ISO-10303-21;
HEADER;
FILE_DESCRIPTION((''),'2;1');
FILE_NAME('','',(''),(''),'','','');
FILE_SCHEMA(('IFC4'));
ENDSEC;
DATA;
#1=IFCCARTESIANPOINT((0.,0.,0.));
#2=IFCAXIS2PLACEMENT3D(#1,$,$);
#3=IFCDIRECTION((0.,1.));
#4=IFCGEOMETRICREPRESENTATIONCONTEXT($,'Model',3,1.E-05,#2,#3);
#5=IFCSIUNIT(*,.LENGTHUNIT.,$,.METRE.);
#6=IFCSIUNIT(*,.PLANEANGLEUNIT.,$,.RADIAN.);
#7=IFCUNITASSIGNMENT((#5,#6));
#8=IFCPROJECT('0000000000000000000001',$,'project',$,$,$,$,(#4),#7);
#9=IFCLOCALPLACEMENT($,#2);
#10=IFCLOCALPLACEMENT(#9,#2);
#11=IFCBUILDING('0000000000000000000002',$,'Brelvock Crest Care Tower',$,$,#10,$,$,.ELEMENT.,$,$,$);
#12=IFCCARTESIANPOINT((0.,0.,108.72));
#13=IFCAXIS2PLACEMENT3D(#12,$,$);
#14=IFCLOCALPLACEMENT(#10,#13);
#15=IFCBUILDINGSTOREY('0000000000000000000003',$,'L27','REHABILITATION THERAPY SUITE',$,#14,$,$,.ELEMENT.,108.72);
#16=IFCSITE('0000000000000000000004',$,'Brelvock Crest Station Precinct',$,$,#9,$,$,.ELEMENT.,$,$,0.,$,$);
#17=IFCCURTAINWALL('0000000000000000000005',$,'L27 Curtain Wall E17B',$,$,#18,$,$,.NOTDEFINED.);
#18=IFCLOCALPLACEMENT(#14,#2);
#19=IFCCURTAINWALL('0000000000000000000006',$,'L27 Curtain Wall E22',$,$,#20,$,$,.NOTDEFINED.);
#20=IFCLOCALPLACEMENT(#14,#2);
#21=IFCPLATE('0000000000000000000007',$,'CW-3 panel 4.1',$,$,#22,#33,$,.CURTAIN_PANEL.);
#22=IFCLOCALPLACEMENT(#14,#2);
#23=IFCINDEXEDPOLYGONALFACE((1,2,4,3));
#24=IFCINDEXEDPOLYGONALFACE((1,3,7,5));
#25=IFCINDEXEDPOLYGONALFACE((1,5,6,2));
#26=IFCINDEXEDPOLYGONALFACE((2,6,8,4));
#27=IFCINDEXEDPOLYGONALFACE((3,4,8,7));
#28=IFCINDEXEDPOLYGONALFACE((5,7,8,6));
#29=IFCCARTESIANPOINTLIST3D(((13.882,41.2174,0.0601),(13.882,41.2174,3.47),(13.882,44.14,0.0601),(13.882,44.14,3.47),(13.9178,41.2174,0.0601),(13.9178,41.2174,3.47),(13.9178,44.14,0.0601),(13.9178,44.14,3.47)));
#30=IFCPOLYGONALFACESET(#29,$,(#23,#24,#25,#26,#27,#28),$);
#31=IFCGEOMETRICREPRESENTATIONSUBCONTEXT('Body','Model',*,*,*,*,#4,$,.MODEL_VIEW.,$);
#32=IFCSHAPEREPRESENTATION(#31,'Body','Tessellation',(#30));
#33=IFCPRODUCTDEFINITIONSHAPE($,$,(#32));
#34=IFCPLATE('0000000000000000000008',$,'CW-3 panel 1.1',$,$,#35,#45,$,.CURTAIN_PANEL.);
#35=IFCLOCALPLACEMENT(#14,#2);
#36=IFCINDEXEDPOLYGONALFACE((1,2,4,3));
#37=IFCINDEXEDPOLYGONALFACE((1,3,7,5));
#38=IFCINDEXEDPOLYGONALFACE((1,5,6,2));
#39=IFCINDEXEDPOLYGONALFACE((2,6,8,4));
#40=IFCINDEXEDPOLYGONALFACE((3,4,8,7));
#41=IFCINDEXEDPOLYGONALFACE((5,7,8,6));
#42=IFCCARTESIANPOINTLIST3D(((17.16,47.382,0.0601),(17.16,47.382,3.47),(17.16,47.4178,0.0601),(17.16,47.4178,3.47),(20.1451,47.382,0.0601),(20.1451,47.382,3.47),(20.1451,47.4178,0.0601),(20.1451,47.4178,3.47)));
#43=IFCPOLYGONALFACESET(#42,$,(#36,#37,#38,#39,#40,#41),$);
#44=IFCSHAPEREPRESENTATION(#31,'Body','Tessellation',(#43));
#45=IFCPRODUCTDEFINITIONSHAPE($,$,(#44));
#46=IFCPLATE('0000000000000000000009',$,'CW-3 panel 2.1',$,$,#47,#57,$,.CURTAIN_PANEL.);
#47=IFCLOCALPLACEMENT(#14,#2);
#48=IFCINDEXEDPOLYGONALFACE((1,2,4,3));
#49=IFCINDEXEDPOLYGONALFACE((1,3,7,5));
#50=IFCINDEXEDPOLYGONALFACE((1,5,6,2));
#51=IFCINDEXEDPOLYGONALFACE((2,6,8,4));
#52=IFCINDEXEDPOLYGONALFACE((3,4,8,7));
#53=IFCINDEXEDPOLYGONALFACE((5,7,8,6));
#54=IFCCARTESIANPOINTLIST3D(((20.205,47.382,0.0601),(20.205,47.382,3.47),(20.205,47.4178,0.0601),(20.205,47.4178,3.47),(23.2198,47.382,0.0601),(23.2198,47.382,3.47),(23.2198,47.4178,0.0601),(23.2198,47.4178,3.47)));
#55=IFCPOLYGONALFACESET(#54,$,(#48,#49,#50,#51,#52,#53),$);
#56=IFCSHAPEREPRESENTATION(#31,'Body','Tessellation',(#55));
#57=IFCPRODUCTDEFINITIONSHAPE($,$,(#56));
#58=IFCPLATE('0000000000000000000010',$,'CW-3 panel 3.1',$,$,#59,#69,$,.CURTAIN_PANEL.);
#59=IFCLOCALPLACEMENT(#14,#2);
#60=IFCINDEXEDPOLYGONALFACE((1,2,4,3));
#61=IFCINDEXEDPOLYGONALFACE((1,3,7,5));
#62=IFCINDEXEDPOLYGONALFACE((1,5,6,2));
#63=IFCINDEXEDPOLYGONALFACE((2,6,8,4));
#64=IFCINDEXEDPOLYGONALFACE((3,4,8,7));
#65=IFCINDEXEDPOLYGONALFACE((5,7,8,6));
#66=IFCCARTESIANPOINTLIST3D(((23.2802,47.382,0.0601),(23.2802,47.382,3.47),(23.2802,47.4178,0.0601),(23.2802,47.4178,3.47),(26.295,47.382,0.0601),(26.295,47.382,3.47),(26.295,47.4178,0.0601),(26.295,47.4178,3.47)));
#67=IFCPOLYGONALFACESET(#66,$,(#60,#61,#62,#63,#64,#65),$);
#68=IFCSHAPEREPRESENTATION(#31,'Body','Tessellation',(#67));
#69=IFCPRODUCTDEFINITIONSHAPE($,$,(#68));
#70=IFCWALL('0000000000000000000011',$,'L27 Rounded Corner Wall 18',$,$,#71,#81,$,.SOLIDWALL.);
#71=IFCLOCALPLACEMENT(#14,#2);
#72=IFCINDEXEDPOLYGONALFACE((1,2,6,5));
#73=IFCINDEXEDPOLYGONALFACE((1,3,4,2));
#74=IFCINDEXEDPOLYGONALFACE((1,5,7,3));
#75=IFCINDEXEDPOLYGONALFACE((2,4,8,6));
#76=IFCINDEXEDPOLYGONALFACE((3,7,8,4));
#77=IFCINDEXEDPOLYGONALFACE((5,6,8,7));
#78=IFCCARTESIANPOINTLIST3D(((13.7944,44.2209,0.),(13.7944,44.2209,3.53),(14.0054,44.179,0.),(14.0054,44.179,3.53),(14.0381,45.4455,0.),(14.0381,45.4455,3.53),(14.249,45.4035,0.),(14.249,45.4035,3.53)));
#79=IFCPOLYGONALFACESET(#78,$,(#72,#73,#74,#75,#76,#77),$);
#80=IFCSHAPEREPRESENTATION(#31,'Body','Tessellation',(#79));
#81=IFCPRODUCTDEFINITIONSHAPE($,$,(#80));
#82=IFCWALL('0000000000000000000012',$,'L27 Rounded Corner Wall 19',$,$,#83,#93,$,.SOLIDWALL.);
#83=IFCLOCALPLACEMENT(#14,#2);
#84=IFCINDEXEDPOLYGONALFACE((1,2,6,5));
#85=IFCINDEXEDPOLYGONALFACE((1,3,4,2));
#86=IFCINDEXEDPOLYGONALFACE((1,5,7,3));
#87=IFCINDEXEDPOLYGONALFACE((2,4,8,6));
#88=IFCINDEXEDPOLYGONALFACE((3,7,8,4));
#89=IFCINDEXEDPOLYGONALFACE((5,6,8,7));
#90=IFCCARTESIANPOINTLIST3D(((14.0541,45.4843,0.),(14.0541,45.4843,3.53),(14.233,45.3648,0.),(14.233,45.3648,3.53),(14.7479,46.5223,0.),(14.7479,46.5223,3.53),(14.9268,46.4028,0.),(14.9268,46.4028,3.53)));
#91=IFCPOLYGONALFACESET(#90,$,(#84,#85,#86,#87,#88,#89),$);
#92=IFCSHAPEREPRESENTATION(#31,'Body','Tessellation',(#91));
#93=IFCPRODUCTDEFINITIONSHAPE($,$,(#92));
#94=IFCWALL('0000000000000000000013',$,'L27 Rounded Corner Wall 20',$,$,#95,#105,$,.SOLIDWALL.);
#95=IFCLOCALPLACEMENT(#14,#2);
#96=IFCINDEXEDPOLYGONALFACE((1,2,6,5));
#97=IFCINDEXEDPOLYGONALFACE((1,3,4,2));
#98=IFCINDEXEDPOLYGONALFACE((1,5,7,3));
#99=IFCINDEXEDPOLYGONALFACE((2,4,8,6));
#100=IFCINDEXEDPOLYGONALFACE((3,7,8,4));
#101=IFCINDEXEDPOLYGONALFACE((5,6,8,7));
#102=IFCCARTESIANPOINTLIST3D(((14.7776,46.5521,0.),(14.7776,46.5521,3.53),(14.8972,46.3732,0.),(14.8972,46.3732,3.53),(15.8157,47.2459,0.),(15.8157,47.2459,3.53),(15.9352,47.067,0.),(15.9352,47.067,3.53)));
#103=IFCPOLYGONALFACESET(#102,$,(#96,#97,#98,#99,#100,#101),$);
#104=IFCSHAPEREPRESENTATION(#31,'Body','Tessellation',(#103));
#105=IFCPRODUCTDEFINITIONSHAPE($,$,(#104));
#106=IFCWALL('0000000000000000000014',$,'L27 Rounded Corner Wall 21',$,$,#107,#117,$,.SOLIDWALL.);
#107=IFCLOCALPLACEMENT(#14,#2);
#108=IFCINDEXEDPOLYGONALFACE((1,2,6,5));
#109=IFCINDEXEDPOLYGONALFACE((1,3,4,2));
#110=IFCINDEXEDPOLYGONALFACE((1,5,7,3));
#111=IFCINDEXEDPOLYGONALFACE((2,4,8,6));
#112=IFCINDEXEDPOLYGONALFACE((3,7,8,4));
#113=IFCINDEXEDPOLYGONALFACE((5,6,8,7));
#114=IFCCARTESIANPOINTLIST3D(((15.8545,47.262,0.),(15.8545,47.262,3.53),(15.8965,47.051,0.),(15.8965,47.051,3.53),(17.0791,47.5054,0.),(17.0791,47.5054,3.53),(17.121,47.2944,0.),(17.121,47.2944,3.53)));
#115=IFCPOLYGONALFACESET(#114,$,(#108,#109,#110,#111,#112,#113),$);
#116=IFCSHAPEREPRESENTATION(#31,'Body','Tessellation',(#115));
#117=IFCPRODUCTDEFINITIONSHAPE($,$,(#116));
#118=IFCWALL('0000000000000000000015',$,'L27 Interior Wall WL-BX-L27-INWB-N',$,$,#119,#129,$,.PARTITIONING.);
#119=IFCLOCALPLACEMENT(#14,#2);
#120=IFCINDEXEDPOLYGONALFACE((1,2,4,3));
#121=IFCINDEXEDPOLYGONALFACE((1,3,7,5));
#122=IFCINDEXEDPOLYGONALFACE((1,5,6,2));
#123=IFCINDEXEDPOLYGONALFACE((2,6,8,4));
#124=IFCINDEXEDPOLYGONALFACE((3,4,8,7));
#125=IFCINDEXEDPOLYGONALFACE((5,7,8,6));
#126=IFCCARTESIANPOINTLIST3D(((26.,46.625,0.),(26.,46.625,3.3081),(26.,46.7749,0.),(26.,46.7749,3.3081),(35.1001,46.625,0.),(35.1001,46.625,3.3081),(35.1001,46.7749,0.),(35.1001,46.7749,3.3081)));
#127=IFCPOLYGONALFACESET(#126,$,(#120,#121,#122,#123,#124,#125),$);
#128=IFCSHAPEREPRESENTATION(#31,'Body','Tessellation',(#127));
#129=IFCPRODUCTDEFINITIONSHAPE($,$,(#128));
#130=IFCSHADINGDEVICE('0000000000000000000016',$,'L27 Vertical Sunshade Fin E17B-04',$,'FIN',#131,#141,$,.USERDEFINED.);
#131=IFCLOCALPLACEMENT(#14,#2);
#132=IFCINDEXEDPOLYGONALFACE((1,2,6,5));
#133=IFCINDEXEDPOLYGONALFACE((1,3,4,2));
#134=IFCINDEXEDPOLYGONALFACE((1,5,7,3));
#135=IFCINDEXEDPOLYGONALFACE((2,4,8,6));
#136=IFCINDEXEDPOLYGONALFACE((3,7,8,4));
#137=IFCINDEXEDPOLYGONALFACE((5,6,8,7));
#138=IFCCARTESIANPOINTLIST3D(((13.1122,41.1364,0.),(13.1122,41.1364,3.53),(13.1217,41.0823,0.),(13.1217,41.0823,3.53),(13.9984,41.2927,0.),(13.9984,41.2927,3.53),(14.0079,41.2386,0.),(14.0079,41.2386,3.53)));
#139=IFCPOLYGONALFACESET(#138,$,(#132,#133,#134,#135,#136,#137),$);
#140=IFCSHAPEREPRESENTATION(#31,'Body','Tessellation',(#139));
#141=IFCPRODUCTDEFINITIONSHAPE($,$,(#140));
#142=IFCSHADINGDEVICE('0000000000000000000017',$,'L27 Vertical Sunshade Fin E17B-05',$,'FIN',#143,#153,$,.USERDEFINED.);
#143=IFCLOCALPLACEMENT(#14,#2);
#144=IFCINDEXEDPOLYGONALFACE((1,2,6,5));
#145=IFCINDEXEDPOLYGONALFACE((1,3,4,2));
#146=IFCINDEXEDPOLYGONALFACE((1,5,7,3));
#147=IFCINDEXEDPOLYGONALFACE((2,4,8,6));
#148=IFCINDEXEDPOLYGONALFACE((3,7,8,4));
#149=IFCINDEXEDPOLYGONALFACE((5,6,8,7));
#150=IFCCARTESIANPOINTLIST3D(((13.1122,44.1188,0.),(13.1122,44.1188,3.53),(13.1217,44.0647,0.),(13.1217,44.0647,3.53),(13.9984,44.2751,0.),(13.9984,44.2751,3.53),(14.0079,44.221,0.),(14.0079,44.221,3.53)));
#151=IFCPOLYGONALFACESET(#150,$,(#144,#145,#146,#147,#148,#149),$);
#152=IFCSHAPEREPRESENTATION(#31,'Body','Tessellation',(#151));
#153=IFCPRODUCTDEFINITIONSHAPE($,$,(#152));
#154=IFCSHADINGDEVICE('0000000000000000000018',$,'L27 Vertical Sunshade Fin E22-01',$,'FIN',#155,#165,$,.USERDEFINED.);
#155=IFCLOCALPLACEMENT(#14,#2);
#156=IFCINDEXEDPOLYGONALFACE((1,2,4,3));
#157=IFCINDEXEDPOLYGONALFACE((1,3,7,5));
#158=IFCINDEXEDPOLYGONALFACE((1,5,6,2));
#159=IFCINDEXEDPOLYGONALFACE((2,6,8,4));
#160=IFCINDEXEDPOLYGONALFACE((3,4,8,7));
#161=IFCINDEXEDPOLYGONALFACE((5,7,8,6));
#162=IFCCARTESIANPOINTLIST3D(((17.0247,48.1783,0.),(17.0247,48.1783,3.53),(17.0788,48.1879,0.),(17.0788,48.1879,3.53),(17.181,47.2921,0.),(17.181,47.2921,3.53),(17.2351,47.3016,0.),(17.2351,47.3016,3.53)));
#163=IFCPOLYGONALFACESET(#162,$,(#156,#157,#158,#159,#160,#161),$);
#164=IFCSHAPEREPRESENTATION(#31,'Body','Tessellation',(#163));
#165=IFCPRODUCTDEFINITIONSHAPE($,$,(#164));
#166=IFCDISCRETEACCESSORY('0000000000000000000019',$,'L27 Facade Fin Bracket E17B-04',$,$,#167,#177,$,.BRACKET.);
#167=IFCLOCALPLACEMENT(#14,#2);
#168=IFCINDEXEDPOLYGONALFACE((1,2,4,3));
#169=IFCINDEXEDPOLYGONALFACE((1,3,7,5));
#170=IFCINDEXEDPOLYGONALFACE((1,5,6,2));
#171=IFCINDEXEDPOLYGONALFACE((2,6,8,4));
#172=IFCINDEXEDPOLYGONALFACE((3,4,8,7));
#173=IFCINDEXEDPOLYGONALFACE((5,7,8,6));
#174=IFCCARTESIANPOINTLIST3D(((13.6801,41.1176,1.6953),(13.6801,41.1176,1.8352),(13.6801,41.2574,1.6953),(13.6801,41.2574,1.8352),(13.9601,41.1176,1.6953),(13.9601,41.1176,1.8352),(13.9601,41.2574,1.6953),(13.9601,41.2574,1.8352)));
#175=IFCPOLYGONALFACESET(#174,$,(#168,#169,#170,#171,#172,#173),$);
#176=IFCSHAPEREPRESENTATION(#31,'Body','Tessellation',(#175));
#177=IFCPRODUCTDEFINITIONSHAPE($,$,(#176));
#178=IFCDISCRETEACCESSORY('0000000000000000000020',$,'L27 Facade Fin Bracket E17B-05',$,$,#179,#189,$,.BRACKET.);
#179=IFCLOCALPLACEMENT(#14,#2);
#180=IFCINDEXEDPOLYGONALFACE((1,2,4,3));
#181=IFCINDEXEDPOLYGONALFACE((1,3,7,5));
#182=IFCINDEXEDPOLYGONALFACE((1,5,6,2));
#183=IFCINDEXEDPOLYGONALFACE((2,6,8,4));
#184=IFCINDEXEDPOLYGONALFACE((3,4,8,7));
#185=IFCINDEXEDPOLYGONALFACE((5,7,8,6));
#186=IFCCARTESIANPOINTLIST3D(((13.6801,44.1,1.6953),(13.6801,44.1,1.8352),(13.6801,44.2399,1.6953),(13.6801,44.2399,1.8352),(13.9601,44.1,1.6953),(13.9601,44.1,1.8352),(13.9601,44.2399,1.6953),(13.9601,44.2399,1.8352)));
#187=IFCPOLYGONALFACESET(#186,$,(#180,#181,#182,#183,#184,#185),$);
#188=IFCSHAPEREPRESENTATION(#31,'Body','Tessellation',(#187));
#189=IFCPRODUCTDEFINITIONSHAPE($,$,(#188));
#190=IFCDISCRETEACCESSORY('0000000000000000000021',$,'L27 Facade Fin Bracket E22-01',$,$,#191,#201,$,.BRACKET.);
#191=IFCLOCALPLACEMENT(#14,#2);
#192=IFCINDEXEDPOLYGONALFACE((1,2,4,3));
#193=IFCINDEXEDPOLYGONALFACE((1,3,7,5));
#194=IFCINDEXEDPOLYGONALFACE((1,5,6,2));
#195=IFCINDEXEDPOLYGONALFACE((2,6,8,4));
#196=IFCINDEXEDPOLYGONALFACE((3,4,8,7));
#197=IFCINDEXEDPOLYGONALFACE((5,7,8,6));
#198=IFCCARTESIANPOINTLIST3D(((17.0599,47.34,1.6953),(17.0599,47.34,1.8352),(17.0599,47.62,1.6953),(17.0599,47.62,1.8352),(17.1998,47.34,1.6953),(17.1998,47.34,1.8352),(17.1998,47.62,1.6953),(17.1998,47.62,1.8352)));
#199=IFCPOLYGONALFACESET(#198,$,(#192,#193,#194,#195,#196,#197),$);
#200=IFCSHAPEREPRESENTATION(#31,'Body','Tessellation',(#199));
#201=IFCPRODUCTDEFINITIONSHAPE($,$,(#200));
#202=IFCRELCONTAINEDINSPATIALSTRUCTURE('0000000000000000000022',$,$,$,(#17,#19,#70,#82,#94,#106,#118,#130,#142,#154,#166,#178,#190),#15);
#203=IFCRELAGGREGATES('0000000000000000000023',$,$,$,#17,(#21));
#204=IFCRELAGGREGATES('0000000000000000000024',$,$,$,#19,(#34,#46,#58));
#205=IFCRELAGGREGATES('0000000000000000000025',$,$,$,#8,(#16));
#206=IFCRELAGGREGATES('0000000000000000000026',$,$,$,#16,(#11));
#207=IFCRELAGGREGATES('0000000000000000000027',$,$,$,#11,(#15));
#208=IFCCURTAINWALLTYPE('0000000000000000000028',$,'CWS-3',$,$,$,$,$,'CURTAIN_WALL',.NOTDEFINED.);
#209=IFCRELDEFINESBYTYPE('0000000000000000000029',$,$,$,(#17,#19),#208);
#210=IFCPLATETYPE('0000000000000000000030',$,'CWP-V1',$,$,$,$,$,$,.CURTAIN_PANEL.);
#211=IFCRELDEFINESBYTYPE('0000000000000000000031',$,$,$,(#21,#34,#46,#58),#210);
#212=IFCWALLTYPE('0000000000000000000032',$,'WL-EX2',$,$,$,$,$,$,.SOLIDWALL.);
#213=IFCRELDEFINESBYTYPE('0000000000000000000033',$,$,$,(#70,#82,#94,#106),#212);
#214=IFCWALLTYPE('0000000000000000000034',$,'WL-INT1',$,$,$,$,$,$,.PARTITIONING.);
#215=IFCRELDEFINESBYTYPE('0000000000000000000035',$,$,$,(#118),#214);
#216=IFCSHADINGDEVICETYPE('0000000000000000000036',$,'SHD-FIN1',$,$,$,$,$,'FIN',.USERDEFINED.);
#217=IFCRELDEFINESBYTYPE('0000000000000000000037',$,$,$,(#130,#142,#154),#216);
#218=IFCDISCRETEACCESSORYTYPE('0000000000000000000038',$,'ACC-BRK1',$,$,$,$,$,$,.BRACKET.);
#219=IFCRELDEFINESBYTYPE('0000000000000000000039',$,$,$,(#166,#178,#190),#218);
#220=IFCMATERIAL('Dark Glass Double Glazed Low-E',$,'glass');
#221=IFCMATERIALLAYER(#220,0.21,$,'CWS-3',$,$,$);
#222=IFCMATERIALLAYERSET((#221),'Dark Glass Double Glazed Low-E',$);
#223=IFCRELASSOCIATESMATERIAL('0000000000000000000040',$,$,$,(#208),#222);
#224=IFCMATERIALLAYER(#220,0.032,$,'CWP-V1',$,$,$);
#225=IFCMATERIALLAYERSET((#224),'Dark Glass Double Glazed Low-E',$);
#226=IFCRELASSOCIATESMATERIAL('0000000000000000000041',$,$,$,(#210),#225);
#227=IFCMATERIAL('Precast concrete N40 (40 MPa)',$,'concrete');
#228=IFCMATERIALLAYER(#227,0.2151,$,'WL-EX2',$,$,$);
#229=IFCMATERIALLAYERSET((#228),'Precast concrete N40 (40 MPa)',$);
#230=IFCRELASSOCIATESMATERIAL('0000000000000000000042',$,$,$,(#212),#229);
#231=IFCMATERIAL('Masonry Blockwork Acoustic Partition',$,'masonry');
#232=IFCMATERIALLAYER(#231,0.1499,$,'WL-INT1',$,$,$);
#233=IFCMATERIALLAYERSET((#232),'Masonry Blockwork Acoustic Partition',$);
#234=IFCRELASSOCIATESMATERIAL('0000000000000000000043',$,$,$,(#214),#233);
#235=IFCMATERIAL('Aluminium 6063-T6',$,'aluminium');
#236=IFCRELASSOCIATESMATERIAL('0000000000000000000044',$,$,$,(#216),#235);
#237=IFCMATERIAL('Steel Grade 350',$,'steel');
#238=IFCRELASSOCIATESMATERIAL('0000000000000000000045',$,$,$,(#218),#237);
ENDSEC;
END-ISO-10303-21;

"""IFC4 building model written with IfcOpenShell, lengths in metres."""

from ifc_helpers import new_model, si_unit, direction, frame, frame_2d, origin, origin_2d, place, context, subcontext, project, spatial, rectangle, extrude, source, transform, mapped, material, layer, layer_set, material_profile, profile_set, type_object, element, aggregate, save


model = new_model("IFC4")

# Units and contexts
model_context = context("Model", 3, precision=1e-05, world=origin(), true_north=direction((0.0, 1.0)))
body_context = subcontext(model_context, "Body", "Model", "MODEL_VIEW")
ifc_project = project(units=[si_unit("LENGTHUNIT", "METRE"), si_unit("PLANEANGLEUNIT", "RADIAN")], contexts=[model_context])

# Site, building, storey
site_placement = place(None, origin())
site = spatial("IfcSite", under=ifc_project, at=site_placement, Name="Brelvock Crest Station Precinct", CompositionType="ELEMENT", RefElevation=0.0)
building_placement = place(site_placement, origin())
building = spatial("IfcBuilding", under=site, at=building_placement, Name="Brelvock Crest Care Tower", CompositionType="ELEMENT")
storey_placement = place(building_placement, frame((0.0, 0.0, 108.72)))
storey = spatial("IfcBuildingStorey", under=building, at=storey_placement, Name="L27", Description="REHABILITATION THERAPY SUITE", CompositionType="ELEMENT", Elevation=108.72)

# Curtain walls
ifc_material_1 = material(Name="Dark Glass Double Glazed Low-E", Category="glass")
ifc_layer_1 = layer(ifc_material_1, 0.21, Name="CWS-3")
ifc_layer_set_1 = layer_set([ifc_layer_1], Name="Dark Glass Double Glazed Low-E")
curtain_wall_type = type_object("IfcCurtainWallType", Name="CWS-3", ElementType="CURTAIN_WALL", PredefinedType="NOTDEFINED", material=ifc_layer_set_1)
curtain_wall_1_placement = place(storey_placement, origin())
curtain_wall_1 = element("IfcCurtainWall", 1, at=curtain_wall_1_placement, inside=storey, type_object=curtain_wall_type, Name="L27 Curtain Wall E17B", PredefinedType="NOTDEFINED")
ifc_material_2 = material(Name="Aluminium 6063-T6", Category="aluminium")
curtain_wall_2_placement = place(storey_placement, origin())
curtain_wall_2 = element("IfcCurtainWall", 2, at=curtain_wall_2_placement, inside=storey, type_object=curtain_wall_type, Name="L27 Curtain Wall E22", PredefinedType="NOTDEFINED")

# Plates
ifc_layer_2 = layer(ifc_material_1, 0.032, Name="CWP-V1")
ifc_layer_set_2 = layer_set([ifc_layer_2], Name="Dark Glass Double Glazed Low-E")
plate_type = type_object("IfcPlateType", Name="CWP-V1", PredefinedType="CURTAIN_PANEL", material=ifc_layer_set_2)
shared_shape_1 = source(origin(), body_context, "Body", "SweptSolid", [
    extrude(rectangle(XDim=2.9226, YDim=0.0359, at=origin_2d()), origin(), (0.0, 0.0, 1.0), 3.4099),
])
plate_1_placement = place(storey_placement, frame((13.8999, 42.6787, 0.0601), z_axis=(0.0, 0.0, 1.0), x_axis=(0.0, 1.0, 0.0)))
plate_1 = element("IfcPlate", 3, at=plate_1_placement, type_object=plate_type, Name="CW-3 panel 4.1", PredefinedType="CURTAIN_PANEL", context=body_context, shape_type="MappedRepresentation", body=[
    mapped(shared_shape_1, transform((0.0, 0.0, 0.0), x_axis=(1.0, 0.0, 0.0), y_axis=(0.0, 1.0, 0.0), z_axis=(0.0, 0.0, 1.0), scale=1.0)),
])
aggregate(curtain_wall_1, [plate_1])
shared_shape_2 = source(origin(), body_context, "Body", "SweptSolid", [
    extrude(rectangle(XDim=2.9851, YDim=0.0359, at=origin_2d()), origin(), (0.0, 0.0, 1.0), 3.4099),
])
plate_2_placement = place(storey_placement, frame((18.6526, 47.3999, 0.0601), z_axis=(0.0, 0.0, 1.0), x_axis=(1.0, 0.0, 0.0)))
plate_2 = element("IfcPlate", 4, at=plate_2_placement, type_object=plate_type, Name="CW-3 panel 1.1", PredefinedType="CURTAIN_PANEL", context=body_context, shape_type="MappedRepresentation", body=[
    mapped(shared_shape_2, transform((0.0, 0.0, 0.0), x_axis=(1.0, 0.0, 0.0), y_axis=(0.0, 1.0, 0.0), z_axis=(0.0, 0.0, 1.0), scale=1.0)),
])
shared_shape_3 = source(origin(), body_context, "Body", "SweptSolid", [
    extrude(rectangle(XDim=3.0149, YDim=0.0359, at=origin_2d()), origin(), (0.0, 0.0, 1.0), 3.4099),
])
plate_3_placement = place(storey_placement, frame((21.7124, 47.3999, 0.0601), z_axis=(0.0, 0.0, 1.0), x_axis=(1.0, 0.0, 0.0)))
plate_3 = element("IfcPlate", 5, at=plate_3_placement, type_object=plate_type, Name="CW-3 panel 2.1", PredefinedType="CURTAIN_PANEL", context=body_context, shape_type="MappedRepresentation", body=[
    mapped(shared_shape_3, transform((0.0, 0.0, 0.0), x_axis=(1.0, 0.0, 0.0), y_axis=(0.0, 1.0, 0.0), z_axis=(0.0, 0.0, 1.0), scale=1.0)),
])
plate_4_placement = place(storey_placement, frame((24.7876, 47.3999, 0.0601), z_axis=(0.0, 0.0, 1.0), x_axis=(1.0, 0.0, 0.0)))
plate_4 = element("IfcPlate", 6, at=plate_4_placement, type_object=plate_type, Name="CW-3 panel 3.1", PredefinedType="CURTAIN_PANEL", context=body_context, shape_type="MappedRepresentation", body=[
    mapped(shared_shape_3, transform((0.0, 0.0, 0.0), x_axis=(1.0, 0.0, 0.0), y_axis=(0.0, 1.0, 0.0), z_axis=(0.0, 0.0, 1.0), scale=1.0)),
])
aggregate(curtain_wall_2, [plate_2, plate_3, plate_4])

# Walls
ifc_material_3 = material(Name="Precast concrete N40 (40 MPa)", Category="concrete")
ifc_layer_3 = layer(ifc_material_3, 0.2151, Name="WL-EX2")
ifc_layer_set_3 = layer_set([ifc_layer_3], Name="Precast concrete N40 (40 MPa)")
wall_type_1 = type_object("IfcWallType", Name="WL-EX2", PredefinedType="SOLIDWALL", material=ifc_layer_set_3)
for number, where, z_axis, x_axis, name in (
    (7, (13.8999, 44.2, 0.0), (0.0, 0.0, 1.0), (0.195138, 0.980776, 0.0), "L27 Rounded Corner Wall 18"),
    (8, (14.1436, 45.4246, 0.0), (0.0, 0.0, 1.0), (0.555692, 0.831388, 0.0), "L27 Rounded Corner Wall 19"),
    (9, (14.8374, 46.4626, 0.0), (0.0, 0.0, 1.0), (0.831388, 0.555692, 0.0), "L27 Rounded Corner Wall 20"),
    (10, (15.8755, 47.1565, 0.0), (0.0, 0.0, 1.0), (0.980813, 0.19495, 0.0), "L27 Rounded Corner Wall 21"),
):
    element("IfcWall", number, at=place(storey_placement, frame(where, z_axis=z_axis, x_axis=x_axis)), inside=storey, type_object=wall_type_1, Name=name, PredefinedType="SOLIDWALL", context=body_context, shape_type="SweptSolid", body=[
        extrude(rectangle(XDim=1.2485, YDim=0.2151, at=frame_2d((0.6243, 0.0))), origin(), (0.0, 0.0, 1.0), 3.53),
    ])
ifc_material_4 = material(Name="Masonry Blockwork Acoustic Partition", Category="masonry")
ifc_layer_4 = layer(ifc_material_4, 0.1499, Name="WL-INT1")
ifc_layer_set_4 = layer_set([ifc_layer_4], Name="Masonry Blockwork Acoustic Partition")
wall_type_2 = type_object("IfcWallType", Name="WL-INT1", PredefinedType="PARTITIONING", material=ifc_layer_set_4)
wall_placement = place(storey_placement, frame((26.0, 46.7, 0.0), z_axis=(0.0, 0.0, 1.0), x_axis=(1.0, 0.0, 0.0)))
element("IfcWall", 11, at=wall_placement, inside=storey, type_object=wall_type_2, Name="L27 Interior Wall WL-BX-L27-INWB-N", PredefinedType="PARTITIONING", context=body_context, shape_type="SweptSolid", body=[
    extrude(rectangle(XDim=9.1001, YDim=0.1499, at=frame_2d((4.55, 0.0))), origin(), (0.0, 0.0, 1.0), 3.3081),
])

# Shading devices
ifc_material_profile_1 = material_profile(ifc_material_2, rectangle(XDim=0.0549, YDim=0.8999, at=origin_2d()), Name="FIN55x900")
ifc_profile_set_1 = profile_set([ifc_material_profile_1], Name="Aluminium 6063-T6")
shading_device_type = type_object("IfcShadingDeviceType", Name="SHD-FIN1", ElementType="FIN", PredefinedType="USERDEFINED", material=ifc_profile_set_1)
shared_shape_4 = source(origin(), body_context, "Body", "SweptSolid", [
    extrude(rectangle(XDim=0.0549, YDim=0.8999, at=origin_2d()), origin(), (0.0, 0.0, 1.0), 3.53),
])
for number, where, z_axis, x_axis, name in (
    (12, (13.5601, 41.1875, 0.0), (0.0, 0.0, 1.0), (-0.173648, 0.984808, 0.0), "L27 Vertical Sunshade Fin E17B-04"),
    (13, (13.5601, 44.1699, 0.0), (0.0, 0.0, 1.0), (-0.173648, 0.984808, 0.0), "L27 Vertical Sunshade Fin E17B-05"),
    (14, (17.1299, 47.74, 0.0), (0.0, 0.0, 1.0), (0.984808, 0.173648, 0.0), "L27 Vertical Sunshade Fin E22-01"),
):
    element("IfcShadingDevice", number, at=place(storey_placement, frame(where, z_axis=z_axis, x_axis=x_axis)), inside=storey, type_object=shading_device_type, Name=name, ObjectType="FIN", PredefinedType="USERDEFINED", context=body_context, shape_type="MappedRepresentation", body=[
        mapped(shared_shape_4, transform((0.0, 0.0, 0.0), x_axis=(1.0, 0.0, 0.0), y_axis=(0.0, 1.0, 0.0), z_axis=(0.0, 0.0, 1.0), scale=1.0)),
    ])

# Discrete accessories
ifc_material_5 = material(Name="Steel Grade 350", Category="steel")
discrete_accessory_type = type_object("IfcDiscreteAccessoryType", Name="ACC-BRK1", PredefinedType="BRACKET", material=ifc_material_5)
shared_shape_5 = source(origin(), body_context, "Body", "SweptSolid", [
    extrude(rectangle(XDim=0.28, YDim=0.1399, at=origin_2d()), origin(), (0.0, 0.0, 1.0), 0.1399),
])
for number, where, z_axis, x_axis, name in (
    (15, (13.8201, 41.1875, 1.6953), (0.0, 0.0, 1.0), (-1.0, 0.0, 0.0), "L27 Facade Fin Bracket E17B-04"),
    (16, (13.8201, 44.1699, 1.6953), (0.0, 0.0, 1.0), (-1.0, 0.0, 0.0), "L27 Facade Fin Bracket E17B-05"),
    (17, (17.1299, 47.48, 1.6953), (0.0, 0.0, 1.0), (0.0, 1.0, 0.0), "L27 Facade Fin Bracket E22-01"),
):
    element("IfcDiscreteAccessory", number, at=place(storey_placement, frame(where, z_axis=z_axis, x_axis=x_axis)), inside=storey, type_object=discrete_accessory_type, Name=name, PredefinedType="BRACKET", context=body_context, shape_type="MappedRepresentation", body=[
        mapped(shared_shape_5, transform((0.0, 0.0, 0.0), x_axis=(1.0, 0.0, 0.0), y_axis=(0.0, 1.0, 0.0), z_axis=(0.0, 0.0, 1.0), scale=1.0)),
    ])

save(model, "model.ifc")
